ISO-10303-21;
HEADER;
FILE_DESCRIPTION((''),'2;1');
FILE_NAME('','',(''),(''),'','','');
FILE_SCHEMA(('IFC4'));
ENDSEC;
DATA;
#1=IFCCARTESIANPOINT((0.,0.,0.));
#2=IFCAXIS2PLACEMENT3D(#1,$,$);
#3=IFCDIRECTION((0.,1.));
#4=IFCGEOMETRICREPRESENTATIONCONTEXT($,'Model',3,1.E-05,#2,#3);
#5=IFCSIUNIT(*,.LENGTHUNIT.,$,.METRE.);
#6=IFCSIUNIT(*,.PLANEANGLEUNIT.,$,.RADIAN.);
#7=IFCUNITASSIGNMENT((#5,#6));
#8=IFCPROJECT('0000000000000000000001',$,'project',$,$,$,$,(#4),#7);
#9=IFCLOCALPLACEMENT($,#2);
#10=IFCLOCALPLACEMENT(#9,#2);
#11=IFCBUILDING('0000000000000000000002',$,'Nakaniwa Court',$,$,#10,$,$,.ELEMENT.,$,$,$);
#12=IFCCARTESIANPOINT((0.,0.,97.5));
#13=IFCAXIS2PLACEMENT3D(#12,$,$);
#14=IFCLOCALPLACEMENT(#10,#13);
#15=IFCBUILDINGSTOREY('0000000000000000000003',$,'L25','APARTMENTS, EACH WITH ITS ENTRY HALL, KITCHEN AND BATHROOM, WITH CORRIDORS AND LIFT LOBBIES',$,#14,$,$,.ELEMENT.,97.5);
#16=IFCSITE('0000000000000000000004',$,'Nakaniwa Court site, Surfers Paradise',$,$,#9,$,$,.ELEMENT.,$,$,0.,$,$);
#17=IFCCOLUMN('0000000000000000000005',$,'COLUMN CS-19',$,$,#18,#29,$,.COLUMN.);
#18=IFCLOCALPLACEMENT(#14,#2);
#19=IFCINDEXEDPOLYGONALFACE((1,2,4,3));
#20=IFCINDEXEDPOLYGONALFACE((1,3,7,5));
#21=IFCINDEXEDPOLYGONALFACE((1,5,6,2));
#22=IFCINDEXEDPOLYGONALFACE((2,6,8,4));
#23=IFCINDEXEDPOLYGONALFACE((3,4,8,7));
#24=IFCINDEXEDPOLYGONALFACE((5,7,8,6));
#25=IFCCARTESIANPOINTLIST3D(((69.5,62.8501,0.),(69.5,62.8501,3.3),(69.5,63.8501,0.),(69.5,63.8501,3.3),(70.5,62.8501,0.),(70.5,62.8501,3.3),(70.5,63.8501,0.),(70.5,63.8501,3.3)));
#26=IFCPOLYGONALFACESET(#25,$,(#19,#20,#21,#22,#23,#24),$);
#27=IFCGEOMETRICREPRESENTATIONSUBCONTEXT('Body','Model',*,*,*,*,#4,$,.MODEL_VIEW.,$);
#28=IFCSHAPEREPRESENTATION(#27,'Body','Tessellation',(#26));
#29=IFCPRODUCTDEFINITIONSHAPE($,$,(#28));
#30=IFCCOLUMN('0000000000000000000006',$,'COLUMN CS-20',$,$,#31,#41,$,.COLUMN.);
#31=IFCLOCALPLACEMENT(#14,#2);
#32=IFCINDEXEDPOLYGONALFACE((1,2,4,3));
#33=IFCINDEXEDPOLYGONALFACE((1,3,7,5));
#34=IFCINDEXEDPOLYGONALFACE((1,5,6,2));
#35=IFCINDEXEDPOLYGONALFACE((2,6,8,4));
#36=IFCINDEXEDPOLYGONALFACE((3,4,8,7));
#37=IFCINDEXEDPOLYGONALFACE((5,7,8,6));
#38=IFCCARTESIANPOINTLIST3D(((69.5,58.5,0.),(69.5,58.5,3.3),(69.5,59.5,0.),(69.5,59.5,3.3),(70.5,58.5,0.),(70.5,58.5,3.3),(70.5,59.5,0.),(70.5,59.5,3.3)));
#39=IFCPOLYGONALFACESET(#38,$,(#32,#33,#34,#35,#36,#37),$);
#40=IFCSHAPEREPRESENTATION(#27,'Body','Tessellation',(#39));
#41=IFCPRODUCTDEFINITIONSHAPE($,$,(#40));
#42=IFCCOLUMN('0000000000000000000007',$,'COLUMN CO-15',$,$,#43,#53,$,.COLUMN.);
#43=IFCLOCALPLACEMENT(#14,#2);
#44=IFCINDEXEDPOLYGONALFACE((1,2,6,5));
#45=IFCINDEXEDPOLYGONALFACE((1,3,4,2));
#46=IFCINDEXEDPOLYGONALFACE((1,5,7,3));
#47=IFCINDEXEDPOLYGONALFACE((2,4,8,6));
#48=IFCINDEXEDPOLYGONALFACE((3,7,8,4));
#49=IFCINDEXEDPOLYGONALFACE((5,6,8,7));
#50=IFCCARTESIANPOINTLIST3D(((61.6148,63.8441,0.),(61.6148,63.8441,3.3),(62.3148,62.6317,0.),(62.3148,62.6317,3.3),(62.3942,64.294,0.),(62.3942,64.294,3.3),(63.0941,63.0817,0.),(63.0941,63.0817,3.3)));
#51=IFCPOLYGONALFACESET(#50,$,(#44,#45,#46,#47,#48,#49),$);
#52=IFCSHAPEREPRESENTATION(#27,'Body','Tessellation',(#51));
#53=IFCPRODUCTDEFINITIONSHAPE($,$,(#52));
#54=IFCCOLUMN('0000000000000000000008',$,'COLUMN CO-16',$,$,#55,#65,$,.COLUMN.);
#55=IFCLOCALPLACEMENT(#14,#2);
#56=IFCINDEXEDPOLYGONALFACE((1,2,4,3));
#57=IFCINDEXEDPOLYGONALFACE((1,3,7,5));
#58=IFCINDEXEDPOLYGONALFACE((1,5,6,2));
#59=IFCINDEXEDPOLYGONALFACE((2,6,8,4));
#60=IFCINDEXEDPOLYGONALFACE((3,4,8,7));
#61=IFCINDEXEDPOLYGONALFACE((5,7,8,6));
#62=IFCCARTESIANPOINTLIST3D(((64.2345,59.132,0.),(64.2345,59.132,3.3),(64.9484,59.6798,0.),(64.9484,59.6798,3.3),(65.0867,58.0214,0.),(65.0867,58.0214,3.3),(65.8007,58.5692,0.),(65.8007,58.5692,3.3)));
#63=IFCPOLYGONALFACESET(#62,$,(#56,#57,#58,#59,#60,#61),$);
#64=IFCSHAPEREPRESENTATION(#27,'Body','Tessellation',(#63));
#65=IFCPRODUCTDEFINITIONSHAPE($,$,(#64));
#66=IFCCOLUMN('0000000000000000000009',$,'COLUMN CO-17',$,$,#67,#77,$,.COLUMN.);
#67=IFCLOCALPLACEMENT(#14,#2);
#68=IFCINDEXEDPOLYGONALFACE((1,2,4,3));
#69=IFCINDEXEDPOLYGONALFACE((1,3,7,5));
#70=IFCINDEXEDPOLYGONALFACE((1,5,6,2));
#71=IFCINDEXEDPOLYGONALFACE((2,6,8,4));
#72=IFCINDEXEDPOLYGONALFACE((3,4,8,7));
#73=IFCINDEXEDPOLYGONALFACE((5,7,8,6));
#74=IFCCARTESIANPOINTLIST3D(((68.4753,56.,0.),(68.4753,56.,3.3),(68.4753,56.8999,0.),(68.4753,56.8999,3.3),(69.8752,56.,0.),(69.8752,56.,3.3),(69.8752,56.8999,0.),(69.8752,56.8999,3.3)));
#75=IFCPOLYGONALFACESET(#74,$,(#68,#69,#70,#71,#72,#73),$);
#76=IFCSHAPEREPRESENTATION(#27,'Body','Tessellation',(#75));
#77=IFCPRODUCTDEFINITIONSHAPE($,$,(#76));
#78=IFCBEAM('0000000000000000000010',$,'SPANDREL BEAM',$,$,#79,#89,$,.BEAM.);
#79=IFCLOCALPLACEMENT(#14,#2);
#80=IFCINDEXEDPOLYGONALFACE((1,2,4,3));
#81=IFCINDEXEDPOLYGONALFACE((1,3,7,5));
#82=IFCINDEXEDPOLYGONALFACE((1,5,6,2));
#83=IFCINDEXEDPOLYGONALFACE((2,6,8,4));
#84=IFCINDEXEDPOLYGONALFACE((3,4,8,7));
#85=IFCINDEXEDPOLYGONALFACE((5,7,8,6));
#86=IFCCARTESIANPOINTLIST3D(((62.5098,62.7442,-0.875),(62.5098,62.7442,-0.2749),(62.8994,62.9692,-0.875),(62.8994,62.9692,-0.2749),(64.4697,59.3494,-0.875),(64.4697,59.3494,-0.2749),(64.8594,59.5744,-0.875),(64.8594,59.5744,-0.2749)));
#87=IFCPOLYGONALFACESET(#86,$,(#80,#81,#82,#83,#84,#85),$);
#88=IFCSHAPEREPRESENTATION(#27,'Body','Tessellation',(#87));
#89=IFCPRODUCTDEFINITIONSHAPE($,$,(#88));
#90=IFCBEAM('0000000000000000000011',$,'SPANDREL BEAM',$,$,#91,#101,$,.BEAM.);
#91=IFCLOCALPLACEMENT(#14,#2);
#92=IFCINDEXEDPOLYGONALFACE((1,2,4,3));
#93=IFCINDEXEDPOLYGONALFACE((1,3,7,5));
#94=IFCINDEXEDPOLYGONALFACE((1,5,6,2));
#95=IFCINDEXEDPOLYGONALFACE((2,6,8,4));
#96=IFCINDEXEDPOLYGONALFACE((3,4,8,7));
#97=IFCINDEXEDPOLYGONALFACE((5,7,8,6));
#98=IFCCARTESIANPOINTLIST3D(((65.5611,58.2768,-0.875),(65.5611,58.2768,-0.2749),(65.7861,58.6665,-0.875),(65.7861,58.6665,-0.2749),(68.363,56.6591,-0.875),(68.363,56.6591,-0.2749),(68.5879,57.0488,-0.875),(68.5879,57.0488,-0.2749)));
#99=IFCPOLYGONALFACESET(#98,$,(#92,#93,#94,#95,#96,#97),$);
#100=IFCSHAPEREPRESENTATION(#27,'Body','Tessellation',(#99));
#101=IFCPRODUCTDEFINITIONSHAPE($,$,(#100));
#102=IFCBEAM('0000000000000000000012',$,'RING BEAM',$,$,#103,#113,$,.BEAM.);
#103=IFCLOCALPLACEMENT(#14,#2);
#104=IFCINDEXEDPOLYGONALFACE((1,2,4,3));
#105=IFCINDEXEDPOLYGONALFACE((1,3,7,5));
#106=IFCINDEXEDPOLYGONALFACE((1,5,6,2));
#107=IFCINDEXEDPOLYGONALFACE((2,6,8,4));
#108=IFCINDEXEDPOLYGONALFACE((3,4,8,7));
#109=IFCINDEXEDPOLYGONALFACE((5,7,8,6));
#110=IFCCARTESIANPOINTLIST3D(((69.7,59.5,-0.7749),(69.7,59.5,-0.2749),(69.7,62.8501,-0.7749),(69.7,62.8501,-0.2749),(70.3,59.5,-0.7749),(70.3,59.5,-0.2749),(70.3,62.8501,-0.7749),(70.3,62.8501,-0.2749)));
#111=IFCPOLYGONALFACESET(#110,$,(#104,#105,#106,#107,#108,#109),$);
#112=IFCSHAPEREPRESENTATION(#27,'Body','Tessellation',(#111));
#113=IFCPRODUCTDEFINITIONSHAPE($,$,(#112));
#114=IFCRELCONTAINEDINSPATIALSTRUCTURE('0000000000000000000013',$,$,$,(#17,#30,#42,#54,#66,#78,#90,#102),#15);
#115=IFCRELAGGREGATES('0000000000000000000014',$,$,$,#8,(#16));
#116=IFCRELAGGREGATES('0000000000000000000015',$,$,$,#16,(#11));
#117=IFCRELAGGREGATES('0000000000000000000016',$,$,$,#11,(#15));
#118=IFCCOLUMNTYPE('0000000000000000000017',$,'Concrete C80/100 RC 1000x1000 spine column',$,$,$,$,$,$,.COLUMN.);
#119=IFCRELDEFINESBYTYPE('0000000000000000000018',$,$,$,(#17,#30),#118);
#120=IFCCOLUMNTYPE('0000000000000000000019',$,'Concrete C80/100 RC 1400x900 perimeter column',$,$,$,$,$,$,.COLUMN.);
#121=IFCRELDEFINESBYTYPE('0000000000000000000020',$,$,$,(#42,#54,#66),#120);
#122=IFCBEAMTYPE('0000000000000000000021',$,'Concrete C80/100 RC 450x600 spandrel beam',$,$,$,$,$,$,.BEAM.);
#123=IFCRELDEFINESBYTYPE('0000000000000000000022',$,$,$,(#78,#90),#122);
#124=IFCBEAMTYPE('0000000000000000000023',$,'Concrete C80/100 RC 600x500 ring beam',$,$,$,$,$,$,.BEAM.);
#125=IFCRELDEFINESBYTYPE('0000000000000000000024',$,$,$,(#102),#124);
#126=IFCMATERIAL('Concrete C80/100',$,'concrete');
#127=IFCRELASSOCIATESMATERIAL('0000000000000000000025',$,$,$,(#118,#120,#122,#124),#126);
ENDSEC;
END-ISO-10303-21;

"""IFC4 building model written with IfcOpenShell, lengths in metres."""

from ifc_helpers import new_model, si_unit, direction, frame, origin, origin_2d, place, context, subcontext, project, spatial, rectangle, extrude, material, material_profile, profile_set, type_object, element, save


model = new_model("IFC4")

# Units and contexts
model_context = context("Model", 3, precision=1e-05, world=origin(), true_north=direction((0.0, 1.0)))
body_context = subcontext(model_context, "Body", "Model", "MODEL_VIEW")
ifc_project = project(units=[si_unit("LENGTHUNIT", "METRE"), si_unit("PLANEANGLEUNIT", "RADIAN")], contexts=[model_context])

# Site, building, storey
site_placement = place(None, origin())
site = spatial("IfcSite", under=ifc_project, at=site_placement, Name="Nakaniwa Court site, Surfers Paradise", CompositionType="ELEMENT", RefElevation=0.0)
building_placement = place(site_placement, origin())
building = spatial("IfcBuilding", under=site, at=building_placement, Name="Nakaniwa Court", CompositionType="ELEMENT")
storey_placement = place(building_placement, frame((0.0, 0.0, 97.5)))
storey = spatial("IfcBuildingStorey", under=building, at=storey_placement, Name="L25", Description="APARTMENTS, EACH WITH ITS ENTRY HALL, KITCHEN AND BATHROOM, WITH CORRIDORS AND LIFT LOBBIES", CompositionType="ELEMENT", Elevation=97.5)

# Columns
ifc_material_1 = material(Name="Concrete C80/100", Category="concrete")
ifc_material_profile_1 = material_profile(ifc_material_1, rectangle(XDim=1.0, YDim=1.0, at=origin_2d()), Name="Concrete C80/100 RC 1000x1000 spine column")
ifc_profile_set_1 = profile_set([ifc_material_profile_1], Name="Concrete C80/100")
column_type_1 = type_object("IfcColumnType", Name="Concrete C80/100 RC 1000x1000 spine column", PredefinedType="COLUMN", material=ifc_profile_set_1)
for number, where, z_axis, x_axis, name in (
    (1, (70.0, 63.3501, 0.0), (0.0, 0.0, 1.0), (0.0, -1.0, 0.0), "COLUMN CS-19"),
    (2, (70.0, 59.0, 0.0), (0.0, 0.0, 1.0), (0.0, -1.0, 0.0), "COLUMN CS-20"),
):
    element("IfcColumn", number, at=place(storey_placement, frame(where, z_axis=z_axis, x_axis=x_axis)), inside=storey, type_object=column_type_1, Name=name, PredefinedType="COLUMN", context=body_context, shape_type="SweptSolid", body=[
        extrude(rectangle(XDim=1.0, YDim=1.0, at=origin_2d()), origin(), (0.0, 0.0, 1.0), 3.3),
    ])
ifc_material_profile_2 = material_profile(ifc_material_1, rectangle(XDim=1.3999, YDim=0.8999, at=origin_2d()), Name="Concrete C80/100 RC 1400x900 perimeter column")
ifc_profile_set_2 = profile_set([ifc_material_profile_2], Name="Concrete C80/100")
column_type_2 = type_object("IfcColumnType", Name="Concrete C80/100 RC 1400x900 perimeter column", PredefinedType="COLUMN", material=ifc_profile_set_2)
for number, where, z_axis, x_axis, name in (
    (3, (62.3545, 63.4629, 0.0), (0.0, 0.0, 1.0), (0.5, -0.866025, 0.0), "COLUMN CO-15"),
    (4, (65.0176, 58.8506, 0.0), (0.0, 0.0, 1.0), (0.608761, -0.793353, 0.0), "COLUMN CO-16"),
    (5, (69.1753, 56.45, 0.0), (0.0, 0.0, 1.0), (1.0, 0.0, 0.0), "COLUMN CO-17"),
):
    element("IfcColumn", number, at=place(storey_placement, frame(where, z_axis=z_axis, x_axis=x_axis)), inside=storey, type_object=column_type_2, Name=name, PredefinedType="COLUMN", context=body_context, shape_type="SweptSolid", body=[
        extrude(rectangle(XDim=1.3999, YDim=0.8999, at=origin_2d()), origin(), (0.0, 0.0, 1.0), 3.3),
    ])

# Beams
ifc_material_profile_3 = material_profile(ifc_material_1, rectangle(XDim=0.45, YDim=0.6001, at=origin_2d()), Name="Concrete C80/100 RC 450x600 spandrel beam")
ifc_profile_set_3 = profile_set([ifc_material_profile_3], Name="Concrete C80/100")
beam_type_1 = type_object("IfcBeamType", Name="Concrete C80/100 RC 450x600 spandrel beam", PredefinedType="BEAM", material=ifc_profile_set_3)
beam_1_placement = place(storey_placement, frame((62.7046, 62.8567, -0.575), z_axis=(0.499997, -0.866027, 0.0), x_axis=(0.866027, 0.499997, 0.0)))
element("IfcBeam", 6, at=beam_1_placement, inside=storey, type_object=beam_type_1, Name="SPANDREL BEAM", PredefinedType="BEAM", context=body_context, shape_type="SweptSolid", body=[
    extrude(rectangle(XDim=0.45, YDim=0.6001, at=origin_2d()), origin(), (0.0, 0.0, 1.0), 3.9199),
])
beam_2_placement = place(storey_placement, frame((65.6736, 58.4717, -0.575), z_axis=(0.866015, -0.500019, 0.0), x_axis=(0.500019, 0.866015, 0.0)))
element("IfcBeam", 7, at=beam_2_placement, inside=storey, type_object=beam_type_1, Name="SPANDREL BEAM", PredefinedType="BEAM", context=body_context, shape_type="SweptSolid", body=[
    extrude(rectangle(XDim=0.45, YDim=0.6001, at=origin_2d()), origin(), (0.0, 0.0, 1.0), 3.2354),
])
ifc_material_profile_4 = material_profile(ifc_material_1, rectangle(XDim=0.6001, YDim=0.5, at=origin_2d()), Name="Concrete C80/100 RC 600x500 ring beam")
ifc_profile_set_4 = profile_set([ifc_material_profile_4], Name="Concrete C80/100")
beam_type_2 = type_object("IfcBeamType", Name="Concrete C80/100 RC 600x500 ring beam", PredefinedType="BEAM", material=ifc_profile_set_4)
beam_3_placement = place(storey_placement, frame((70.0, 62.8501, -0.5249), z_axis=(0.0, -1.0, 0.0), x_axis=(1.0, 0.0, 0.0)))
element("IfcBeam", 8, at=beam_3_placement, inside=storey, type_object=beam_type_2, Name="RING BEAM", PredefinedType="BEAM", context=body_context, shape_type="SweptSolid", body=[
    extrude(rectangle(XDim=0.6001, YDim=0.5, at=origin_2d()), origin(), (0.0, 0.0, 1.0), 3.3501),
])

save(model, "model.ifc")
